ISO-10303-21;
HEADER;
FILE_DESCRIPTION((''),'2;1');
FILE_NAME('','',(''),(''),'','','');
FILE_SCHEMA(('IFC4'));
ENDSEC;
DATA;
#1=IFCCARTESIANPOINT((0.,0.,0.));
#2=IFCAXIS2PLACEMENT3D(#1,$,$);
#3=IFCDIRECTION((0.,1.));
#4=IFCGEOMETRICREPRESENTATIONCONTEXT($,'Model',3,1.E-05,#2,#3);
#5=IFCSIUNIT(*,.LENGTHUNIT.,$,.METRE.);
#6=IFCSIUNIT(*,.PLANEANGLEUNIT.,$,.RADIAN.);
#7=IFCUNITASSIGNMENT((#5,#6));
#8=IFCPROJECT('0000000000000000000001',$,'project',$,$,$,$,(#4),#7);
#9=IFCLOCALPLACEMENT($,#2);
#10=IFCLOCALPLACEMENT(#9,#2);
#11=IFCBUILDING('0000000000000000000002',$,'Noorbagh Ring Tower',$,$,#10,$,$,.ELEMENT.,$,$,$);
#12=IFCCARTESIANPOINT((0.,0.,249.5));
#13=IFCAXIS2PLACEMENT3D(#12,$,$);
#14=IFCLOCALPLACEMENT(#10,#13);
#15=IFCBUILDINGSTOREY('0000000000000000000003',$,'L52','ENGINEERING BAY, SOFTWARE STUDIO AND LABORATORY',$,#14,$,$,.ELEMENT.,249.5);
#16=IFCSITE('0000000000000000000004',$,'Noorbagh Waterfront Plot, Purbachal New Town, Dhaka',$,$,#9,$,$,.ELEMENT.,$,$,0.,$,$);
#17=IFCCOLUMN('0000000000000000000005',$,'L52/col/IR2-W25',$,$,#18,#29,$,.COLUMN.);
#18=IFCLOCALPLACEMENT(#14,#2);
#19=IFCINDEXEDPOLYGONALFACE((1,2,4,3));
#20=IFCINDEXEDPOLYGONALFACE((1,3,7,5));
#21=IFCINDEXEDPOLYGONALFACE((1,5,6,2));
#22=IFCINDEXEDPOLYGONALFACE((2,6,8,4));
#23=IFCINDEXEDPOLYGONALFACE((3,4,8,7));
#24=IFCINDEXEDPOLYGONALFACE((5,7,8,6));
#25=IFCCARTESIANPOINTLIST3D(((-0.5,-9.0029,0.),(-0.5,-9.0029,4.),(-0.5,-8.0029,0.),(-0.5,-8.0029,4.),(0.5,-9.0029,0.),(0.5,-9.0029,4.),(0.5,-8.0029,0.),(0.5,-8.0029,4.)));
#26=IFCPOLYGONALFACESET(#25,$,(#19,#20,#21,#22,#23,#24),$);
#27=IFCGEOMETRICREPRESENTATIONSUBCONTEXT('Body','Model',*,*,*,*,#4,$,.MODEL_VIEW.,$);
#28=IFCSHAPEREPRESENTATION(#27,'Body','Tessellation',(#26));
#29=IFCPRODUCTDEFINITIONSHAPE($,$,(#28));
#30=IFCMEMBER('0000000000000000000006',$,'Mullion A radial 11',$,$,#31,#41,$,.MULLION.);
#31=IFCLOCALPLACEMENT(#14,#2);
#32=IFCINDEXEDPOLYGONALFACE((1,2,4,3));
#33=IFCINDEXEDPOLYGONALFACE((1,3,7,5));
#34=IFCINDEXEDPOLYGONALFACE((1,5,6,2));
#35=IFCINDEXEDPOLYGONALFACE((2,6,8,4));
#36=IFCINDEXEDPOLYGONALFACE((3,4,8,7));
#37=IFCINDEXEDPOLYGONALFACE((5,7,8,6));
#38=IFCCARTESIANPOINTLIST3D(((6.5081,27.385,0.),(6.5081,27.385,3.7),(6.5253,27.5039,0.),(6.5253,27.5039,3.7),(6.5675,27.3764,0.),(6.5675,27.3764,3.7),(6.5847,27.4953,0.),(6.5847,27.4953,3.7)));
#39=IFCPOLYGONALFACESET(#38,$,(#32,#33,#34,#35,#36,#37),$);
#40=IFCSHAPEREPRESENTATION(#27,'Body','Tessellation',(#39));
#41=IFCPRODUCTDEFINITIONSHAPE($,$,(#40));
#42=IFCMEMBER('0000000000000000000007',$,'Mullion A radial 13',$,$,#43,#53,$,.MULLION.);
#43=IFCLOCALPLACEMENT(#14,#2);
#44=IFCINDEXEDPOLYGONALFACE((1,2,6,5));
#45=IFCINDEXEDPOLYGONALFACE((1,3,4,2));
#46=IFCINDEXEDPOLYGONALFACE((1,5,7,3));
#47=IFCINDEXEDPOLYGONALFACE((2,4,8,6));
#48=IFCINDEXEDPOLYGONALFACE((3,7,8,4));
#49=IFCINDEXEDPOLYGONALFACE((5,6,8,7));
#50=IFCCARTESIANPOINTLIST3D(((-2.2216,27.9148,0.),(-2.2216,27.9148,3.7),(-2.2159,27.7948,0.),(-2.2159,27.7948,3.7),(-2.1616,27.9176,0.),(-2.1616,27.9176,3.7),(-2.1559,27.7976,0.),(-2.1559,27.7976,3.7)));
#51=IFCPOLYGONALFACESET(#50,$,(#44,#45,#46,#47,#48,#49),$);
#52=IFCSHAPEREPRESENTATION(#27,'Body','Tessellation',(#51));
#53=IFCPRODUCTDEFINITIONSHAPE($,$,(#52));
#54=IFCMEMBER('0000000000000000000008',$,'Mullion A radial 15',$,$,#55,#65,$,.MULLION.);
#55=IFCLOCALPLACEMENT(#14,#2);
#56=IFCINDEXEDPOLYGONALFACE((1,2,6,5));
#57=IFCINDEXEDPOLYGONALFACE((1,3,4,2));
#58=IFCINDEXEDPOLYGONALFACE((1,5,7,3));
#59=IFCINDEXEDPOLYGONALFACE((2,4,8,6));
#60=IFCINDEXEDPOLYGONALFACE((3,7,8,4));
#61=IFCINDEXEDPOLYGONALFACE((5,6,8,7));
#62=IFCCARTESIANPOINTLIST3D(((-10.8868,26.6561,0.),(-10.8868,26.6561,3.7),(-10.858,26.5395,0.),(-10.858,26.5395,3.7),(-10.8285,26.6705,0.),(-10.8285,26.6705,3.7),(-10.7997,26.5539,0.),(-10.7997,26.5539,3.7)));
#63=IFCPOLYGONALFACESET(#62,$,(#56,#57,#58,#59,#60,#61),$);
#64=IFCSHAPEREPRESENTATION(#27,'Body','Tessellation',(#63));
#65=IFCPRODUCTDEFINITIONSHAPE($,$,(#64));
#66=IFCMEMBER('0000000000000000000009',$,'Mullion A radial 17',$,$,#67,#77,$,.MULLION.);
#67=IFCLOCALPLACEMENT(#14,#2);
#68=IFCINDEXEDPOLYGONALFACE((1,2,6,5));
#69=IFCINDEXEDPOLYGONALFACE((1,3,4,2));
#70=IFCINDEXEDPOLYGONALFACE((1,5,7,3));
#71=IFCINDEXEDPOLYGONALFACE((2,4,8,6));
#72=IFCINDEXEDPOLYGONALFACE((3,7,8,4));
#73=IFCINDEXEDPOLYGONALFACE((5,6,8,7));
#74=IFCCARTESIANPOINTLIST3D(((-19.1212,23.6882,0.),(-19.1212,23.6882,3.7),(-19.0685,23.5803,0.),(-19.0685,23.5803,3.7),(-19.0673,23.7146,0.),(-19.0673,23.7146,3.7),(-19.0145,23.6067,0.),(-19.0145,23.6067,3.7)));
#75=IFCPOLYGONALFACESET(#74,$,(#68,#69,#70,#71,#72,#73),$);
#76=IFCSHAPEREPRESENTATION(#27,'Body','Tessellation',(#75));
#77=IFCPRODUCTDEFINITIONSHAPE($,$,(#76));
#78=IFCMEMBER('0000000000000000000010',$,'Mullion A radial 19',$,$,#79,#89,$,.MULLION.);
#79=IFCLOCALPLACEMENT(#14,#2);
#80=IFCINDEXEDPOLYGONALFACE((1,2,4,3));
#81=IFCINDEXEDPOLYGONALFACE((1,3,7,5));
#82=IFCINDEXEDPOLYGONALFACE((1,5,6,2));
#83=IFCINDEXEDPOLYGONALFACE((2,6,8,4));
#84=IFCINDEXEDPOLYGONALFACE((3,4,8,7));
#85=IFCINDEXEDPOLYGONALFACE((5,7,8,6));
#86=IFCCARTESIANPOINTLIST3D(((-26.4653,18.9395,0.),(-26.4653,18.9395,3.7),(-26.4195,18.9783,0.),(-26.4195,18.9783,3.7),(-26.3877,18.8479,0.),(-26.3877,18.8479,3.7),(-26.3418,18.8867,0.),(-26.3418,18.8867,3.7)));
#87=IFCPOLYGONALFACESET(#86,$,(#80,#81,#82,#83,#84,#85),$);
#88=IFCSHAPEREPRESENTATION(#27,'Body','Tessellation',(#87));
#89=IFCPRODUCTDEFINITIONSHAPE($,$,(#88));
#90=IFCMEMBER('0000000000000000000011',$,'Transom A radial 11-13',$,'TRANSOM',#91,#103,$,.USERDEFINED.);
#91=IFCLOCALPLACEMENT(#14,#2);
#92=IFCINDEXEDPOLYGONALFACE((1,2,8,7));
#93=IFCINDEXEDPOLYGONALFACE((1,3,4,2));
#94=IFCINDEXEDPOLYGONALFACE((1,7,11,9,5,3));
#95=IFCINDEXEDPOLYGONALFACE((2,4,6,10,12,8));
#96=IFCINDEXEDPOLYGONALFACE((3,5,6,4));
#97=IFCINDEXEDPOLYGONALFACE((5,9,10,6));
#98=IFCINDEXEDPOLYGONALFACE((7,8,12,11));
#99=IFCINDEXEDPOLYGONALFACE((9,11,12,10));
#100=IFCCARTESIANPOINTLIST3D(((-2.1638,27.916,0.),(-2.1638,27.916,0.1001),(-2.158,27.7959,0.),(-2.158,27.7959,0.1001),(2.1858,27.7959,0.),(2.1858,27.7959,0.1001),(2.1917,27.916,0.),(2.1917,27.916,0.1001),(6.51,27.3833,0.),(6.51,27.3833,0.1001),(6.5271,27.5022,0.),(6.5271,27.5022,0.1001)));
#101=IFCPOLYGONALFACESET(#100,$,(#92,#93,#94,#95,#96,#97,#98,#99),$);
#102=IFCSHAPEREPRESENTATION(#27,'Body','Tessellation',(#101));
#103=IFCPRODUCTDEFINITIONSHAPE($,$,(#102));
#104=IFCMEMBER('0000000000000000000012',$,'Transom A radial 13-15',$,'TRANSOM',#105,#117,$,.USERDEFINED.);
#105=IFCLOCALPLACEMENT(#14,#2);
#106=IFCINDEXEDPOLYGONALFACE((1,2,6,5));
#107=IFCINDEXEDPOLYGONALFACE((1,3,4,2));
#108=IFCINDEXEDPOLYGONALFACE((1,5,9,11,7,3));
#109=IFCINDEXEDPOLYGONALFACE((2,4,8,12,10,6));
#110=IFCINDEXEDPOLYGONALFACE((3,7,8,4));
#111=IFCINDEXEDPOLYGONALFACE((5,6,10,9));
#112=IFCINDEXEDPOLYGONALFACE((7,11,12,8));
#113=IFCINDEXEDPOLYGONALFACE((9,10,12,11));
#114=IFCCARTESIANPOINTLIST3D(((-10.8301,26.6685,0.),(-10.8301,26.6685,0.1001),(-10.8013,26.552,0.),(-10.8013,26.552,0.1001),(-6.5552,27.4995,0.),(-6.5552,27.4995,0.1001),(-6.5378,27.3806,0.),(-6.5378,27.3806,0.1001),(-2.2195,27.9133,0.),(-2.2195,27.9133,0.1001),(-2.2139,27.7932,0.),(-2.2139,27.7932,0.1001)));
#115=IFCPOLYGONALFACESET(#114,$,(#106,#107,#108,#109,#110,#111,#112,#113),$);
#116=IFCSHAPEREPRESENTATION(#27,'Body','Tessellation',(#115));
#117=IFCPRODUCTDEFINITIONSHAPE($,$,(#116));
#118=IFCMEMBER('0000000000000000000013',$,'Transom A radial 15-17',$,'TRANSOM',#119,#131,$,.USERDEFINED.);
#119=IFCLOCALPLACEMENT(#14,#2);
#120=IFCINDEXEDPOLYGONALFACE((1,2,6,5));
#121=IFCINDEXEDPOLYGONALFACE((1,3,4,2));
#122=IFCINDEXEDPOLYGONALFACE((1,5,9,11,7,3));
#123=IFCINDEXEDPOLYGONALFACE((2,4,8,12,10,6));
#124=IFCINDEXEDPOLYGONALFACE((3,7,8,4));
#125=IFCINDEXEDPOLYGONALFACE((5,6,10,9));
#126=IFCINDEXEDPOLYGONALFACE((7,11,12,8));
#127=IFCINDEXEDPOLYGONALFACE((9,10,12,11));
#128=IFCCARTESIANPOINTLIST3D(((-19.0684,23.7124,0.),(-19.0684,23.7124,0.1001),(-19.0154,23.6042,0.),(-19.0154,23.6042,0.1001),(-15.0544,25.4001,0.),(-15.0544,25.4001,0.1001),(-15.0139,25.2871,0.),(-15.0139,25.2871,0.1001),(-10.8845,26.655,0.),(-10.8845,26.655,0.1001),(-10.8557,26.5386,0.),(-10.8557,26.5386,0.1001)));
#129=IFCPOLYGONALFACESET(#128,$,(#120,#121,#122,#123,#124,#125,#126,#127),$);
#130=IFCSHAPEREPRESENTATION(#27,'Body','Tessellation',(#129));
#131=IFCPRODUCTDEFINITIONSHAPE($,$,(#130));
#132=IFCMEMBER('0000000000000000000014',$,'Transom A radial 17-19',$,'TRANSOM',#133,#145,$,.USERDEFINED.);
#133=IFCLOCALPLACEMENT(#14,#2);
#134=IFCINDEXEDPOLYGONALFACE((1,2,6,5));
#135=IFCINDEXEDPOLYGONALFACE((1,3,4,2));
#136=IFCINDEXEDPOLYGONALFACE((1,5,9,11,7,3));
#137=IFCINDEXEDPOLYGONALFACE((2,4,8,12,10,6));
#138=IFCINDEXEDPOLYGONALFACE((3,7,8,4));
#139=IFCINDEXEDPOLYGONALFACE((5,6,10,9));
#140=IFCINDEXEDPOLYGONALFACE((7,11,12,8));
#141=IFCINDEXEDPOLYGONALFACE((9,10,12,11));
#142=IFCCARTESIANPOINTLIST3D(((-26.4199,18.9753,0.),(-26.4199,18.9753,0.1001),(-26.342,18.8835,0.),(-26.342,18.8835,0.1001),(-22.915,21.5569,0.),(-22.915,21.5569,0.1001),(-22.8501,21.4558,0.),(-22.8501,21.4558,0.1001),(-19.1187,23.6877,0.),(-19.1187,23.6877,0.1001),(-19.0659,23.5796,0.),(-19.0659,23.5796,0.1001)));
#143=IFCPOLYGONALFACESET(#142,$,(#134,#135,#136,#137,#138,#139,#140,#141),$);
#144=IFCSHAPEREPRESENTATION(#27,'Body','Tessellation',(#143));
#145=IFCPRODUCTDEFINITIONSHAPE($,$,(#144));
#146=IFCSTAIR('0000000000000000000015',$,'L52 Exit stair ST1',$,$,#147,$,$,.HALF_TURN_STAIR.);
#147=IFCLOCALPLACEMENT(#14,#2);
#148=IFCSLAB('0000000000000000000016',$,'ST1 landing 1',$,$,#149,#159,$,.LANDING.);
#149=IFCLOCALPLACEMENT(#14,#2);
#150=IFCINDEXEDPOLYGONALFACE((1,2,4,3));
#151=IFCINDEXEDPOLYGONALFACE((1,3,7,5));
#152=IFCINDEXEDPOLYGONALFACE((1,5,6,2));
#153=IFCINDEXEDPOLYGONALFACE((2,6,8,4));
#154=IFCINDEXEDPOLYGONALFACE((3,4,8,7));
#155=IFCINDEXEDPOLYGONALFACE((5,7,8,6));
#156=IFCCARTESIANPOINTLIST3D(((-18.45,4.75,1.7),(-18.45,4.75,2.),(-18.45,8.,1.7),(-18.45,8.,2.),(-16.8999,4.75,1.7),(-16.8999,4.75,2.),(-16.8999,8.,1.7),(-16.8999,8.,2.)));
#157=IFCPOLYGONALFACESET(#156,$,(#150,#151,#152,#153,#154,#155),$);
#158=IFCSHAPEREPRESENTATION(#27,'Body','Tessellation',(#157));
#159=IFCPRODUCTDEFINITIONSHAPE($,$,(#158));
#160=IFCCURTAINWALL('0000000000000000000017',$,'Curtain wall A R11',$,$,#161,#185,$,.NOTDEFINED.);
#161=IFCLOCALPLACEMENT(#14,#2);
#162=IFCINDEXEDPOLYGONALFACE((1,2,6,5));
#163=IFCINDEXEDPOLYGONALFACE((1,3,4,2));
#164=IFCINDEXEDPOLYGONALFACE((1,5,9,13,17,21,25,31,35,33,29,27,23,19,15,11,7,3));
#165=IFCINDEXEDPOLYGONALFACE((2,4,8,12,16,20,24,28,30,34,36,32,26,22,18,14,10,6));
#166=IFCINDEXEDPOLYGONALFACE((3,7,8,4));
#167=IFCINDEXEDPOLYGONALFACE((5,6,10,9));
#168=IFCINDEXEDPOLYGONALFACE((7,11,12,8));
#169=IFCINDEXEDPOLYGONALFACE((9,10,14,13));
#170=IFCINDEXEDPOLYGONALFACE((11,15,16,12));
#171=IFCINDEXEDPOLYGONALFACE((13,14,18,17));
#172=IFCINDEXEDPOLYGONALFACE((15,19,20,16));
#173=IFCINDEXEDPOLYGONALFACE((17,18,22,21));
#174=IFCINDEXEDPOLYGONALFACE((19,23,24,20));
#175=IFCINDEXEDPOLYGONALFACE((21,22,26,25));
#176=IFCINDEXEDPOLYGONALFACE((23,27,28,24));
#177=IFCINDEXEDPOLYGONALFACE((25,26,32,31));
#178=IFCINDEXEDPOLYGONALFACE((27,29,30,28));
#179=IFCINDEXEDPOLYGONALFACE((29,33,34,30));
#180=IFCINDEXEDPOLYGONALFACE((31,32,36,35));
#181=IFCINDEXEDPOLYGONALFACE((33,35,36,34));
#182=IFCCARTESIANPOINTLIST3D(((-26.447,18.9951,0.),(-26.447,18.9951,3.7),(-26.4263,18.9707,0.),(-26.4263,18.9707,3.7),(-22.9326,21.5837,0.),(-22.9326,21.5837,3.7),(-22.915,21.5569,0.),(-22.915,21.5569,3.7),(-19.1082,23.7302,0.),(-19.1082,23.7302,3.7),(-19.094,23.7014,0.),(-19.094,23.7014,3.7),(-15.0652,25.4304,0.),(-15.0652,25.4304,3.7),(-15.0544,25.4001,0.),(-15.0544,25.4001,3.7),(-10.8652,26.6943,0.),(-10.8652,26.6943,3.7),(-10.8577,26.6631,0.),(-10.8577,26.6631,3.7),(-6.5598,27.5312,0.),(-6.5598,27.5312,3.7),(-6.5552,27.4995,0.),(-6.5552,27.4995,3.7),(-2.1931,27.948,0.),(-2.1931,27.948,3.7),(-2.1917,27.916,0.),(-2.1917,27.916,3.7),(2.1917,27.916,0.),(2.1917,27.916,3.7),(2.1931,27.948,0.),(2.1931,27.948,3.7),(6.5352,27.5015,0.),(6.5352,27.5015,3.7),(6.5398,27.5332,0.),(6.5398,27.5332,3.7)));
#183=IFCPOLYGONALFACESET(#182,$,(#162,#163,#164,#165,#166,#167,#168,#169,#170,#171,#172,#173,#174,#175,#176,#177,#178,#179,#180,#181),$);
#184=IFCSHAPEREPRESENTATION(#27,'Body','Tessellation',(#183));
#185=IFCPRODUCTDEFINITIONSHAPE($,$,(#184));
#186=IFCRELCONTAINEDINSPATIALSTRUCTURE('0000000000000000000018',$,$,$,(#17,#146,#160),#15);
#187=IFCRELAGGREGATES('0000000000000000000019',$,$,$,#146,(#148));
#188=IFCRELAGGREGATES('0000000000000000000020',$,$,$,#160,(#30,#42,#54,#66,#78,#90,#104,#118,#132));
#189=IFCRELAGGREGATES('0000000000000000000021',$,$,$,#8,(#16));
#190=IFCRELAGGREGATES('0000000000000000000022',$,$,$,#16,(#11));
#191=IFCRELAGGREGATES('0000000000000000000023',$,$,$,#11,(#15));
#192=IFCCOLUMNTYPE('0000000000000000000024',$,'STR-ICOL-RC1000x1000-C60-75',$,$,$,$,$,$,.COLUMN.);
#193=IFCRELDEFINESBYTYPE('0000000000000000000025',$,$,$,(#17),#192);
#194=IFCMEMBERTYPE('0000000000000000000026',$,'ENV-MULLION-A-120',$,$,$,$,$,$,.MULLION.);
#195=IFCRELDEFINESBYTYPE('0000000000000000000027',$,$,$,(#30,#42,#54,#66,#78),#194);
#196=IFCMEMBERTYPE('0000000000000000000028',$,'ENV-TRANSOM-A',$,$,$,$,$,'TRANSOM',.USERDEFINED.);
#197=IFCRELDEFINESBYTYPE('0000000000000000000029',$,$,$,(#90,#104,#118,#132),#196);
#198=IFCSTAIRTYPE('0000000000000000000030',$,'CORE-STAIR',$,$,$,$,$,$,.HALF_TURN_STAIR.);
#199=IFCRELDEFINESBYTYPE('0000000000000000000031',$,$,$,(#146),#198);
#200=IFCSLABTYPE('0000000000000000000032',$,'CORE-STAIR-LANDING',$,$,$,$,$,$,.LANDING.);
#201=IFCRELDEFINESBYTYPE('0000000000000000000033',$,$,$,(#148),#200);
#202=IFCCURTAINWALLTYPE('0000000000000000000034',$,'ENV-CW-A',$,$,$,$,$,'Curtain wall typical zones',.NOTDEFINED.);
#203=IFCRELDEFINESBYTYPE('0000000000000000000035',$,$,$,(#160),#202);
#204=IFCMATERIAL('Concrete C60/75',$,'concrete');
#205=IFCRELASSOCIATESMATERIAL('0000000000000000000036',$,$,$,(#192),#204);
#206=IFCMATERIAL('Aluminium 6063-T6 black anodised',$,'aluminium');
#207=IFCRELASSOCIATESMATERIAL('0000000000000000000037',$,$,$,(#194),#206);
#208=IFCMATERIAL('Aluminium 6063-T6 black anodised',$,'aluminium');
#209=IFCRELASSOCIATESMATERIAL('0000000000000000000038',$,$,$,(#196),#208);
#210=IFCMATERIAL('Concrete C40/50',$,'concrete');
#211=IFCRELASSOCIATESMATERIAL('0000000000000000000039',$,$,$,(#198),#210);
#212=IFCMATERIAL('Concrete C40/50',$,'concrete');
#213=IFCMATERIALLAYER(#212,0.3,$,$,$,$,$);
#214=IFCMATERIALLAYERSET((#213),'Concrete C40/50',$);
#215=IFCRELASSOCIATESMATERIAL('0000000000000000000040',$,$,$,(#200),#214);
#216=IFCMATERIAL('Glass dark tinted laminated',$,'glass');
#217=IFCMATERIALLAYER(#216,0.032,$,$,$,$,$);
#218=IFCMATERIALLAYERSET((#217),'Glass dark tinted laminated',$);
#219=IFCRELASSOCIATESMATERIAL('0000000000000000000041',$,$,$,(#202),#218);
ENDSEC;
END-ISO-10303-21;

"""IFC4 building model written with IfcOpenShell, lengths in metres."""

from ifc_helpers import new_model, si_unit, direction, frame, origin, origin_2d, place, context, subcontext, project, spatial, polyline, rectangle, outline, extrude, material, layer, layer_set, material_profile, profile_set, type_object, element, aggregate, save


model = new_model("IFC4")

# Units and contexts
model_context = context("Model", 3, precision=1e-05, world=origin(), true_north=direction((0.0, 1.0)))
body_context = subcontext(model_context, "Body", "Model", "MODEL_VIEW")
ifc_project = project(units=[si_unit("LENGTHUNIT", "METRE"), si_unit("PLANEANGLEUNIT", "RADIAN")], contexts=[model_context])

# Site, building, storey
site_placement = place(None, origin())
site = spatial("IfcSite", under=ifc_project, at=site_placement, Name="Noorbagh Waterfront Plot, Purbachal New Town, Dhaka", CompositionType="ELEMENT", RefElevation=0.0)
building_placement = place(site_placement, origin())
building = spatial("IfcBuilding", under=site, at=building_placement, Name="Noorbagh Ring Tower", CompositionType="ELEMENT")
storey_placement = place(building_placement, frame((0.0, 0.0, 249.5)))
storey = spatial("IfcBuildingStorey", under=building, at=storey_placement, Name="L52", Description="ENGINEERING BAY, SOFTWARE STUDIO AND LABORATORY", CompositionType="ELEMENT", Elevation=249.5)

# Column
ifc_material_1 = material(Name="Concrete C60/75", Category="concrete")
ifc_material_profile_1 = material_profile(ifc_material_1, rectangle(XDim=1.0, YDim=1.0, at=origin_2d()), Name="RC1000x1000")
ifc_profile_set_1 = profile_set([ifc_material_profile_1], Name="Concrete C60/75")
column_type = type_object("IfcColumnType", Name="STR-ICOL-RC1000x1000-C60-75", PredefinedType="COLUMN", material=ifc_profile_set_1)
column_placement = place(storey_placement, frame((0.0, -8.5029, 0.0), z_axis=(0.0, 0.0, 1.0), x_axis=(1.0, 0.0, 0.0)))
element("IfcColumn", 1, at=column_placement, inside=storey, type_object=column_type, Name="L52/col/IR2-W25", PredefinedType="COLUMN", context=body_context, shape_type="SweptSolid", body=[
    extrude(rectangle(XDim=1.0, YDim=1.0, at=origin_2d()), origin(), (0.0, 0.0, 1.0), 4.0),
])

# Members
ifc_material_2 = material(Name="Aluminium 6063-T6 black anodised", Category="aluminium")
ifc_material_profile_2 = material_profile(ifc_material_2, rectangle(XDim=0.1201, YDim=0.0601, at=origin_2d()), Name="120x60")
ifc_profile_set_2 = profile_set([ifc_material_profile_2], Name="Aluminium 6063-T6 black anodised")
member_type_1 = type_object("IfcMemberType", Name="ENV-MULLION-A-120", PredefinedType="MULLION", material=ifc_profile_set_2)
member_1_placement = place(storey_placement, frame((6.5464, 27.4402, 0.0), z_axis=(0.0, 0.0, 1.0), x_axis=(-0.143082, -0.989711, 0.0)))
member_1 = element("IfcMember", 2, at=member_1_placement, type_object=member_type_1, Name="Mullion A radial 11", PredefinedType="MULLION", context=body_context, shape_type="SweptSolid", body=[
    extrude(rectangle(XDim=0.1201, YDim=0.0601, at=origin_2d()), origin(), (0.0, 0.0, 1.0), 3.7),
])
member_2_placement = place(storey_placement, frame((-2.1887, 27.8562, 0.0), z_axis=(0.0, 0.0, 1.0), x_axis=(0.047558, -0.998868, 0.0)))
member_2 = element("IfcMember", 3, at=member_2_placement, type_object=member_type_1, Name="Mullion A radial 13", PredefinedType="MULLION", context=body_context, shape_type="SweptSolid", body=[
    extrude(rectangle(XDim=0.1201, YDim=0.0601, at=origin_2d()), origin(), (0.0, 0.0, 1.0), 3.7),
])
member_3_placement = place(storey_placement, frame((-10.8433, 26.605, 0.0), z_axis=(0.0, 0.0, 1.0), x_axis=(0.239799, -0.970823, 0.0)))
member_3 = element("IfcMember", 4, at=member_3_placement, type_object=member_type_1, Name="Mullion A radial 15", PredefinedType="MULLION", context=body_context, shape_type="SweptSolid", body=[
    extrude(rectangle(XDim=0.1201, YDim=0.0601, at=origin_2d()), origin(), (0.0, 0.0, 1.0), 3.7),
])
member_4_placement = place(storey_placement, frame((-19.0679, 23.6475, 0.0), z_axis=(0.0, 0.0, 1.0), x_axis=(0.439238, -0.898371, 0.0)))
member_4 = element("IfcMember", 5, at=member_4_placement, type_object=member_type_1, Name="Mullion A radial 17", PredefinedType="MULLION", context=body_context, shape_type="SweptSolid", body=[
    extrude(rectangle(XDim=0.1201, YDim=0.0601, at=origin_2d()), origin(), (0.0, 0.0, 1.0), 3.7),
])
member_5_placement = place(storey_placement, frame((-26.4036, 18.9131, 0.0), z_axis=(0.0, 0.0, 1.0), x_axis=(0.646451, -0.762955, 0.0)))
member_5 = element("IfcMember", 6, at=member_5_placement, type_object=member_type_1, Name="Mullion A radial 19", PredefinedType="MULLION", context=body_context, shape_type="SweptSolid", body=[
    extrude(rectangle(XDim=0.1201, YDim=0.0601, at=origin_2d()), origin(), (0.0, 0.0, 1.0), 3.7),
])
ifc_material_3 = material(Name="Aluminium 6063-T6 black anodised", Category="aluminium")
member_type_2 = type_object("IfcMemberType", Name="ENV-TRANSOM-A", ElementType="TRANSOM", PredefinedType="USERDEFINED", material=ifc_material_3)
member_6_placement = place(storey_placement, origin())
member_6 = element("IfcMember", 7, at=member_6_placement, type_object=member_type_2, Name="Transom A radial 11-13", ObjectType="TRANSOM", PredefinedType="USERDEFINED", context=body_context, shape_type="SweptSolid", body=[
    extrude(outline(polyline([(6.5271, 27.5022), (2.1917, 27.916), (-2.1638, 27.916), (-2.158, 27.7959), (2.1858, 27.7959), (6.51, 27.3833), (6.5271, 27.5022)])), origin(), (0.0, 0.0, 1.0), 0.1001),
])
member_7_placement = place(storey_placement, origin())
member_7 = element("IfcMember", 8, at=member_7_placement, type_object=member_type_2, Name="Transom A radial 13-15", ObjectType="TRANSOM", PredefinedType="USERDEFINED", context=body_context, shape_type="SweptSolid", body=[
    extrude(outline(polyline([(-2.2195, 27.9133), (-6.5552, 27.4995), (-10.8301, 26.6685), (-10.8013, 26.552), (-6.5378, 27.3806), (-2.2139, 27.7932), (-2.2195, 27.9133)])), origin(), (0.0, 0.0, 1.0), 0.1001),
])
member_8_placement = place(storey_placement, origin())
member_8 = element("IfcMember", 9, at=member_8_placement, type_object=member_type_2, Name="Transom A radial 15-17", ObjectType="TRANSOM", PredefinedType="USERDEFINED", context=body_context, shape_type="SweptSolid", body=[
    extrude(outline(polyline([(-10.8845, 26.655), (-15.0544, 25.4001), (-19.0684, 23.7124), (-19.0154, 23.6042), (-15.0139, 25.2871), (-10.8557, 26.5386), (-10.8845, 26.655)])), origin(), (0.0, 0.0, 1.0), 0.1001),
])
member_9_placement = place(storey_placement, origin())
member_9 = element("IfcMember", 10, at=member_9_placement, type_object=member_type_2, Name="Transom A radial 17-19", ObjectType="TRANSOM", PredefinedType="USERDEFINED", context=body_context, shape_type="SweptSolid", body=[
    extrude(outline(polyline([(-19.1187, 23.6877), (-22.915, 21.5569), (-26.4199, 18.9753), (-26.342, 18.8835), (-22.8501, 21.4558), (-19.0659, 23.5796), (-19.1187, 23.6877)])), origin(), (0.0, 0.0, 1.0), 0.1001),
])

# Stair, slab
ifc_material_4 = material(Name="Concrete C40/50", Category="concrete")
stair_type = type_object("IfcStairType", Name="CORE-STAIR", PredefinedType="HALF_TURN_STAIR", material=ifc_material_4)
stair_1_placement = place(storey_placement, origin())
stair_1 = element("IfcStair", 11, at=stair_1_placement, inside=storey, type_object=stair_type, Name="L52 Exit stair ST1", PredefinedType="HALF_TURN_STAIR")
ifc_material_5 = material(Name="Concrete C40/50", Category="concrete")
ifc_layer_1 = layer(ifc_material_5, 0.3)
ifc_layer_set_1 = layer_set([ifc_layer_1], Name="Concrete C40/50")
slab_type_1 = type_object("IfcSlabType", Name="CORE-STAIR-LANDING", PredefinedType="LANDING", material=ifc_layer_set_1)
slab_1_placement = place(storey_placement, frame((0.0, 0.0, 1.7)))
slab_1 = element("IfcSlab", 12, at=slab_1_placement, type_object=slab_type_1, Name="ST1 landing 1", PredefinedType="LANDING", context=body_context, shape_type="SweptSolid", body=[
    extrude(outline(polyline([(-18.45, 4.75), (-16.8999, 4.75), (-16.8999, 8.0), (-18.45, 8.0), (-18.45, 4.75)])), origin(), (0.0, 0.0, 1.0), 0.3),
])
aggregate(stair_1, [slab_1])

# Curtain wall
ifc_material_6 = material(Name="Glass dark tinted laminated", Category="glass")
ifc_layer_2 = layer(ifc_material_6, 0.032)
ifc_layer_set_2 = layer_set([ifc_layer_2], Name="Glass dark tinted laminated")
curtain_wall_type = type_object("IfcCurtainWallType", Name="ENV-CW-A", ElementType="Curtain wall typical zones", PredefinedType="NOTDEFINED", material=ifc_layer_set_2)
curtain_wall_1_placement = place(storey_placement, origin())
curtain_wall_1 = element("IfcCurtainWall", 13, at=curtain_wall_1_placement, inside=storey, type_object=curtain_wall_type, Name="Curtain wall A R11", PredefinedType="NOTDEFINED", context=body_context, shape_type="SweptSolid", body=[
    extrude(outline(polyline([(6.5398, 27.5332), (2.1931, 27.948), (-2.1931, 27.948), (-6.5598, 27.5312), (-10.8652, 26.6943), (-15.0652, 25.4304), (-19.1082, 23.7302), (-22.9326, 21.5837), (-26.447, 18.9951), (-26.4263, 18.9707), (-22.915, 21.5569), (-19.094, 23.7014), (-15.0544, 25.4001), (-10.8577, 26.6631), (-6.5552, 27.4995), (-2.1917, 27.916), (2.1917, 27.916), (6.5352, 27.5015), (6.5398, 27.5332)])), origin(), (0.0, 0.0, 1.0), 3.7),
])
aggregate(curtain_wall_1, [member_1, member_2, member_3, member_4, member_5, member_6, member_7, member_8, member_9])

save(model, "model.ifc")
